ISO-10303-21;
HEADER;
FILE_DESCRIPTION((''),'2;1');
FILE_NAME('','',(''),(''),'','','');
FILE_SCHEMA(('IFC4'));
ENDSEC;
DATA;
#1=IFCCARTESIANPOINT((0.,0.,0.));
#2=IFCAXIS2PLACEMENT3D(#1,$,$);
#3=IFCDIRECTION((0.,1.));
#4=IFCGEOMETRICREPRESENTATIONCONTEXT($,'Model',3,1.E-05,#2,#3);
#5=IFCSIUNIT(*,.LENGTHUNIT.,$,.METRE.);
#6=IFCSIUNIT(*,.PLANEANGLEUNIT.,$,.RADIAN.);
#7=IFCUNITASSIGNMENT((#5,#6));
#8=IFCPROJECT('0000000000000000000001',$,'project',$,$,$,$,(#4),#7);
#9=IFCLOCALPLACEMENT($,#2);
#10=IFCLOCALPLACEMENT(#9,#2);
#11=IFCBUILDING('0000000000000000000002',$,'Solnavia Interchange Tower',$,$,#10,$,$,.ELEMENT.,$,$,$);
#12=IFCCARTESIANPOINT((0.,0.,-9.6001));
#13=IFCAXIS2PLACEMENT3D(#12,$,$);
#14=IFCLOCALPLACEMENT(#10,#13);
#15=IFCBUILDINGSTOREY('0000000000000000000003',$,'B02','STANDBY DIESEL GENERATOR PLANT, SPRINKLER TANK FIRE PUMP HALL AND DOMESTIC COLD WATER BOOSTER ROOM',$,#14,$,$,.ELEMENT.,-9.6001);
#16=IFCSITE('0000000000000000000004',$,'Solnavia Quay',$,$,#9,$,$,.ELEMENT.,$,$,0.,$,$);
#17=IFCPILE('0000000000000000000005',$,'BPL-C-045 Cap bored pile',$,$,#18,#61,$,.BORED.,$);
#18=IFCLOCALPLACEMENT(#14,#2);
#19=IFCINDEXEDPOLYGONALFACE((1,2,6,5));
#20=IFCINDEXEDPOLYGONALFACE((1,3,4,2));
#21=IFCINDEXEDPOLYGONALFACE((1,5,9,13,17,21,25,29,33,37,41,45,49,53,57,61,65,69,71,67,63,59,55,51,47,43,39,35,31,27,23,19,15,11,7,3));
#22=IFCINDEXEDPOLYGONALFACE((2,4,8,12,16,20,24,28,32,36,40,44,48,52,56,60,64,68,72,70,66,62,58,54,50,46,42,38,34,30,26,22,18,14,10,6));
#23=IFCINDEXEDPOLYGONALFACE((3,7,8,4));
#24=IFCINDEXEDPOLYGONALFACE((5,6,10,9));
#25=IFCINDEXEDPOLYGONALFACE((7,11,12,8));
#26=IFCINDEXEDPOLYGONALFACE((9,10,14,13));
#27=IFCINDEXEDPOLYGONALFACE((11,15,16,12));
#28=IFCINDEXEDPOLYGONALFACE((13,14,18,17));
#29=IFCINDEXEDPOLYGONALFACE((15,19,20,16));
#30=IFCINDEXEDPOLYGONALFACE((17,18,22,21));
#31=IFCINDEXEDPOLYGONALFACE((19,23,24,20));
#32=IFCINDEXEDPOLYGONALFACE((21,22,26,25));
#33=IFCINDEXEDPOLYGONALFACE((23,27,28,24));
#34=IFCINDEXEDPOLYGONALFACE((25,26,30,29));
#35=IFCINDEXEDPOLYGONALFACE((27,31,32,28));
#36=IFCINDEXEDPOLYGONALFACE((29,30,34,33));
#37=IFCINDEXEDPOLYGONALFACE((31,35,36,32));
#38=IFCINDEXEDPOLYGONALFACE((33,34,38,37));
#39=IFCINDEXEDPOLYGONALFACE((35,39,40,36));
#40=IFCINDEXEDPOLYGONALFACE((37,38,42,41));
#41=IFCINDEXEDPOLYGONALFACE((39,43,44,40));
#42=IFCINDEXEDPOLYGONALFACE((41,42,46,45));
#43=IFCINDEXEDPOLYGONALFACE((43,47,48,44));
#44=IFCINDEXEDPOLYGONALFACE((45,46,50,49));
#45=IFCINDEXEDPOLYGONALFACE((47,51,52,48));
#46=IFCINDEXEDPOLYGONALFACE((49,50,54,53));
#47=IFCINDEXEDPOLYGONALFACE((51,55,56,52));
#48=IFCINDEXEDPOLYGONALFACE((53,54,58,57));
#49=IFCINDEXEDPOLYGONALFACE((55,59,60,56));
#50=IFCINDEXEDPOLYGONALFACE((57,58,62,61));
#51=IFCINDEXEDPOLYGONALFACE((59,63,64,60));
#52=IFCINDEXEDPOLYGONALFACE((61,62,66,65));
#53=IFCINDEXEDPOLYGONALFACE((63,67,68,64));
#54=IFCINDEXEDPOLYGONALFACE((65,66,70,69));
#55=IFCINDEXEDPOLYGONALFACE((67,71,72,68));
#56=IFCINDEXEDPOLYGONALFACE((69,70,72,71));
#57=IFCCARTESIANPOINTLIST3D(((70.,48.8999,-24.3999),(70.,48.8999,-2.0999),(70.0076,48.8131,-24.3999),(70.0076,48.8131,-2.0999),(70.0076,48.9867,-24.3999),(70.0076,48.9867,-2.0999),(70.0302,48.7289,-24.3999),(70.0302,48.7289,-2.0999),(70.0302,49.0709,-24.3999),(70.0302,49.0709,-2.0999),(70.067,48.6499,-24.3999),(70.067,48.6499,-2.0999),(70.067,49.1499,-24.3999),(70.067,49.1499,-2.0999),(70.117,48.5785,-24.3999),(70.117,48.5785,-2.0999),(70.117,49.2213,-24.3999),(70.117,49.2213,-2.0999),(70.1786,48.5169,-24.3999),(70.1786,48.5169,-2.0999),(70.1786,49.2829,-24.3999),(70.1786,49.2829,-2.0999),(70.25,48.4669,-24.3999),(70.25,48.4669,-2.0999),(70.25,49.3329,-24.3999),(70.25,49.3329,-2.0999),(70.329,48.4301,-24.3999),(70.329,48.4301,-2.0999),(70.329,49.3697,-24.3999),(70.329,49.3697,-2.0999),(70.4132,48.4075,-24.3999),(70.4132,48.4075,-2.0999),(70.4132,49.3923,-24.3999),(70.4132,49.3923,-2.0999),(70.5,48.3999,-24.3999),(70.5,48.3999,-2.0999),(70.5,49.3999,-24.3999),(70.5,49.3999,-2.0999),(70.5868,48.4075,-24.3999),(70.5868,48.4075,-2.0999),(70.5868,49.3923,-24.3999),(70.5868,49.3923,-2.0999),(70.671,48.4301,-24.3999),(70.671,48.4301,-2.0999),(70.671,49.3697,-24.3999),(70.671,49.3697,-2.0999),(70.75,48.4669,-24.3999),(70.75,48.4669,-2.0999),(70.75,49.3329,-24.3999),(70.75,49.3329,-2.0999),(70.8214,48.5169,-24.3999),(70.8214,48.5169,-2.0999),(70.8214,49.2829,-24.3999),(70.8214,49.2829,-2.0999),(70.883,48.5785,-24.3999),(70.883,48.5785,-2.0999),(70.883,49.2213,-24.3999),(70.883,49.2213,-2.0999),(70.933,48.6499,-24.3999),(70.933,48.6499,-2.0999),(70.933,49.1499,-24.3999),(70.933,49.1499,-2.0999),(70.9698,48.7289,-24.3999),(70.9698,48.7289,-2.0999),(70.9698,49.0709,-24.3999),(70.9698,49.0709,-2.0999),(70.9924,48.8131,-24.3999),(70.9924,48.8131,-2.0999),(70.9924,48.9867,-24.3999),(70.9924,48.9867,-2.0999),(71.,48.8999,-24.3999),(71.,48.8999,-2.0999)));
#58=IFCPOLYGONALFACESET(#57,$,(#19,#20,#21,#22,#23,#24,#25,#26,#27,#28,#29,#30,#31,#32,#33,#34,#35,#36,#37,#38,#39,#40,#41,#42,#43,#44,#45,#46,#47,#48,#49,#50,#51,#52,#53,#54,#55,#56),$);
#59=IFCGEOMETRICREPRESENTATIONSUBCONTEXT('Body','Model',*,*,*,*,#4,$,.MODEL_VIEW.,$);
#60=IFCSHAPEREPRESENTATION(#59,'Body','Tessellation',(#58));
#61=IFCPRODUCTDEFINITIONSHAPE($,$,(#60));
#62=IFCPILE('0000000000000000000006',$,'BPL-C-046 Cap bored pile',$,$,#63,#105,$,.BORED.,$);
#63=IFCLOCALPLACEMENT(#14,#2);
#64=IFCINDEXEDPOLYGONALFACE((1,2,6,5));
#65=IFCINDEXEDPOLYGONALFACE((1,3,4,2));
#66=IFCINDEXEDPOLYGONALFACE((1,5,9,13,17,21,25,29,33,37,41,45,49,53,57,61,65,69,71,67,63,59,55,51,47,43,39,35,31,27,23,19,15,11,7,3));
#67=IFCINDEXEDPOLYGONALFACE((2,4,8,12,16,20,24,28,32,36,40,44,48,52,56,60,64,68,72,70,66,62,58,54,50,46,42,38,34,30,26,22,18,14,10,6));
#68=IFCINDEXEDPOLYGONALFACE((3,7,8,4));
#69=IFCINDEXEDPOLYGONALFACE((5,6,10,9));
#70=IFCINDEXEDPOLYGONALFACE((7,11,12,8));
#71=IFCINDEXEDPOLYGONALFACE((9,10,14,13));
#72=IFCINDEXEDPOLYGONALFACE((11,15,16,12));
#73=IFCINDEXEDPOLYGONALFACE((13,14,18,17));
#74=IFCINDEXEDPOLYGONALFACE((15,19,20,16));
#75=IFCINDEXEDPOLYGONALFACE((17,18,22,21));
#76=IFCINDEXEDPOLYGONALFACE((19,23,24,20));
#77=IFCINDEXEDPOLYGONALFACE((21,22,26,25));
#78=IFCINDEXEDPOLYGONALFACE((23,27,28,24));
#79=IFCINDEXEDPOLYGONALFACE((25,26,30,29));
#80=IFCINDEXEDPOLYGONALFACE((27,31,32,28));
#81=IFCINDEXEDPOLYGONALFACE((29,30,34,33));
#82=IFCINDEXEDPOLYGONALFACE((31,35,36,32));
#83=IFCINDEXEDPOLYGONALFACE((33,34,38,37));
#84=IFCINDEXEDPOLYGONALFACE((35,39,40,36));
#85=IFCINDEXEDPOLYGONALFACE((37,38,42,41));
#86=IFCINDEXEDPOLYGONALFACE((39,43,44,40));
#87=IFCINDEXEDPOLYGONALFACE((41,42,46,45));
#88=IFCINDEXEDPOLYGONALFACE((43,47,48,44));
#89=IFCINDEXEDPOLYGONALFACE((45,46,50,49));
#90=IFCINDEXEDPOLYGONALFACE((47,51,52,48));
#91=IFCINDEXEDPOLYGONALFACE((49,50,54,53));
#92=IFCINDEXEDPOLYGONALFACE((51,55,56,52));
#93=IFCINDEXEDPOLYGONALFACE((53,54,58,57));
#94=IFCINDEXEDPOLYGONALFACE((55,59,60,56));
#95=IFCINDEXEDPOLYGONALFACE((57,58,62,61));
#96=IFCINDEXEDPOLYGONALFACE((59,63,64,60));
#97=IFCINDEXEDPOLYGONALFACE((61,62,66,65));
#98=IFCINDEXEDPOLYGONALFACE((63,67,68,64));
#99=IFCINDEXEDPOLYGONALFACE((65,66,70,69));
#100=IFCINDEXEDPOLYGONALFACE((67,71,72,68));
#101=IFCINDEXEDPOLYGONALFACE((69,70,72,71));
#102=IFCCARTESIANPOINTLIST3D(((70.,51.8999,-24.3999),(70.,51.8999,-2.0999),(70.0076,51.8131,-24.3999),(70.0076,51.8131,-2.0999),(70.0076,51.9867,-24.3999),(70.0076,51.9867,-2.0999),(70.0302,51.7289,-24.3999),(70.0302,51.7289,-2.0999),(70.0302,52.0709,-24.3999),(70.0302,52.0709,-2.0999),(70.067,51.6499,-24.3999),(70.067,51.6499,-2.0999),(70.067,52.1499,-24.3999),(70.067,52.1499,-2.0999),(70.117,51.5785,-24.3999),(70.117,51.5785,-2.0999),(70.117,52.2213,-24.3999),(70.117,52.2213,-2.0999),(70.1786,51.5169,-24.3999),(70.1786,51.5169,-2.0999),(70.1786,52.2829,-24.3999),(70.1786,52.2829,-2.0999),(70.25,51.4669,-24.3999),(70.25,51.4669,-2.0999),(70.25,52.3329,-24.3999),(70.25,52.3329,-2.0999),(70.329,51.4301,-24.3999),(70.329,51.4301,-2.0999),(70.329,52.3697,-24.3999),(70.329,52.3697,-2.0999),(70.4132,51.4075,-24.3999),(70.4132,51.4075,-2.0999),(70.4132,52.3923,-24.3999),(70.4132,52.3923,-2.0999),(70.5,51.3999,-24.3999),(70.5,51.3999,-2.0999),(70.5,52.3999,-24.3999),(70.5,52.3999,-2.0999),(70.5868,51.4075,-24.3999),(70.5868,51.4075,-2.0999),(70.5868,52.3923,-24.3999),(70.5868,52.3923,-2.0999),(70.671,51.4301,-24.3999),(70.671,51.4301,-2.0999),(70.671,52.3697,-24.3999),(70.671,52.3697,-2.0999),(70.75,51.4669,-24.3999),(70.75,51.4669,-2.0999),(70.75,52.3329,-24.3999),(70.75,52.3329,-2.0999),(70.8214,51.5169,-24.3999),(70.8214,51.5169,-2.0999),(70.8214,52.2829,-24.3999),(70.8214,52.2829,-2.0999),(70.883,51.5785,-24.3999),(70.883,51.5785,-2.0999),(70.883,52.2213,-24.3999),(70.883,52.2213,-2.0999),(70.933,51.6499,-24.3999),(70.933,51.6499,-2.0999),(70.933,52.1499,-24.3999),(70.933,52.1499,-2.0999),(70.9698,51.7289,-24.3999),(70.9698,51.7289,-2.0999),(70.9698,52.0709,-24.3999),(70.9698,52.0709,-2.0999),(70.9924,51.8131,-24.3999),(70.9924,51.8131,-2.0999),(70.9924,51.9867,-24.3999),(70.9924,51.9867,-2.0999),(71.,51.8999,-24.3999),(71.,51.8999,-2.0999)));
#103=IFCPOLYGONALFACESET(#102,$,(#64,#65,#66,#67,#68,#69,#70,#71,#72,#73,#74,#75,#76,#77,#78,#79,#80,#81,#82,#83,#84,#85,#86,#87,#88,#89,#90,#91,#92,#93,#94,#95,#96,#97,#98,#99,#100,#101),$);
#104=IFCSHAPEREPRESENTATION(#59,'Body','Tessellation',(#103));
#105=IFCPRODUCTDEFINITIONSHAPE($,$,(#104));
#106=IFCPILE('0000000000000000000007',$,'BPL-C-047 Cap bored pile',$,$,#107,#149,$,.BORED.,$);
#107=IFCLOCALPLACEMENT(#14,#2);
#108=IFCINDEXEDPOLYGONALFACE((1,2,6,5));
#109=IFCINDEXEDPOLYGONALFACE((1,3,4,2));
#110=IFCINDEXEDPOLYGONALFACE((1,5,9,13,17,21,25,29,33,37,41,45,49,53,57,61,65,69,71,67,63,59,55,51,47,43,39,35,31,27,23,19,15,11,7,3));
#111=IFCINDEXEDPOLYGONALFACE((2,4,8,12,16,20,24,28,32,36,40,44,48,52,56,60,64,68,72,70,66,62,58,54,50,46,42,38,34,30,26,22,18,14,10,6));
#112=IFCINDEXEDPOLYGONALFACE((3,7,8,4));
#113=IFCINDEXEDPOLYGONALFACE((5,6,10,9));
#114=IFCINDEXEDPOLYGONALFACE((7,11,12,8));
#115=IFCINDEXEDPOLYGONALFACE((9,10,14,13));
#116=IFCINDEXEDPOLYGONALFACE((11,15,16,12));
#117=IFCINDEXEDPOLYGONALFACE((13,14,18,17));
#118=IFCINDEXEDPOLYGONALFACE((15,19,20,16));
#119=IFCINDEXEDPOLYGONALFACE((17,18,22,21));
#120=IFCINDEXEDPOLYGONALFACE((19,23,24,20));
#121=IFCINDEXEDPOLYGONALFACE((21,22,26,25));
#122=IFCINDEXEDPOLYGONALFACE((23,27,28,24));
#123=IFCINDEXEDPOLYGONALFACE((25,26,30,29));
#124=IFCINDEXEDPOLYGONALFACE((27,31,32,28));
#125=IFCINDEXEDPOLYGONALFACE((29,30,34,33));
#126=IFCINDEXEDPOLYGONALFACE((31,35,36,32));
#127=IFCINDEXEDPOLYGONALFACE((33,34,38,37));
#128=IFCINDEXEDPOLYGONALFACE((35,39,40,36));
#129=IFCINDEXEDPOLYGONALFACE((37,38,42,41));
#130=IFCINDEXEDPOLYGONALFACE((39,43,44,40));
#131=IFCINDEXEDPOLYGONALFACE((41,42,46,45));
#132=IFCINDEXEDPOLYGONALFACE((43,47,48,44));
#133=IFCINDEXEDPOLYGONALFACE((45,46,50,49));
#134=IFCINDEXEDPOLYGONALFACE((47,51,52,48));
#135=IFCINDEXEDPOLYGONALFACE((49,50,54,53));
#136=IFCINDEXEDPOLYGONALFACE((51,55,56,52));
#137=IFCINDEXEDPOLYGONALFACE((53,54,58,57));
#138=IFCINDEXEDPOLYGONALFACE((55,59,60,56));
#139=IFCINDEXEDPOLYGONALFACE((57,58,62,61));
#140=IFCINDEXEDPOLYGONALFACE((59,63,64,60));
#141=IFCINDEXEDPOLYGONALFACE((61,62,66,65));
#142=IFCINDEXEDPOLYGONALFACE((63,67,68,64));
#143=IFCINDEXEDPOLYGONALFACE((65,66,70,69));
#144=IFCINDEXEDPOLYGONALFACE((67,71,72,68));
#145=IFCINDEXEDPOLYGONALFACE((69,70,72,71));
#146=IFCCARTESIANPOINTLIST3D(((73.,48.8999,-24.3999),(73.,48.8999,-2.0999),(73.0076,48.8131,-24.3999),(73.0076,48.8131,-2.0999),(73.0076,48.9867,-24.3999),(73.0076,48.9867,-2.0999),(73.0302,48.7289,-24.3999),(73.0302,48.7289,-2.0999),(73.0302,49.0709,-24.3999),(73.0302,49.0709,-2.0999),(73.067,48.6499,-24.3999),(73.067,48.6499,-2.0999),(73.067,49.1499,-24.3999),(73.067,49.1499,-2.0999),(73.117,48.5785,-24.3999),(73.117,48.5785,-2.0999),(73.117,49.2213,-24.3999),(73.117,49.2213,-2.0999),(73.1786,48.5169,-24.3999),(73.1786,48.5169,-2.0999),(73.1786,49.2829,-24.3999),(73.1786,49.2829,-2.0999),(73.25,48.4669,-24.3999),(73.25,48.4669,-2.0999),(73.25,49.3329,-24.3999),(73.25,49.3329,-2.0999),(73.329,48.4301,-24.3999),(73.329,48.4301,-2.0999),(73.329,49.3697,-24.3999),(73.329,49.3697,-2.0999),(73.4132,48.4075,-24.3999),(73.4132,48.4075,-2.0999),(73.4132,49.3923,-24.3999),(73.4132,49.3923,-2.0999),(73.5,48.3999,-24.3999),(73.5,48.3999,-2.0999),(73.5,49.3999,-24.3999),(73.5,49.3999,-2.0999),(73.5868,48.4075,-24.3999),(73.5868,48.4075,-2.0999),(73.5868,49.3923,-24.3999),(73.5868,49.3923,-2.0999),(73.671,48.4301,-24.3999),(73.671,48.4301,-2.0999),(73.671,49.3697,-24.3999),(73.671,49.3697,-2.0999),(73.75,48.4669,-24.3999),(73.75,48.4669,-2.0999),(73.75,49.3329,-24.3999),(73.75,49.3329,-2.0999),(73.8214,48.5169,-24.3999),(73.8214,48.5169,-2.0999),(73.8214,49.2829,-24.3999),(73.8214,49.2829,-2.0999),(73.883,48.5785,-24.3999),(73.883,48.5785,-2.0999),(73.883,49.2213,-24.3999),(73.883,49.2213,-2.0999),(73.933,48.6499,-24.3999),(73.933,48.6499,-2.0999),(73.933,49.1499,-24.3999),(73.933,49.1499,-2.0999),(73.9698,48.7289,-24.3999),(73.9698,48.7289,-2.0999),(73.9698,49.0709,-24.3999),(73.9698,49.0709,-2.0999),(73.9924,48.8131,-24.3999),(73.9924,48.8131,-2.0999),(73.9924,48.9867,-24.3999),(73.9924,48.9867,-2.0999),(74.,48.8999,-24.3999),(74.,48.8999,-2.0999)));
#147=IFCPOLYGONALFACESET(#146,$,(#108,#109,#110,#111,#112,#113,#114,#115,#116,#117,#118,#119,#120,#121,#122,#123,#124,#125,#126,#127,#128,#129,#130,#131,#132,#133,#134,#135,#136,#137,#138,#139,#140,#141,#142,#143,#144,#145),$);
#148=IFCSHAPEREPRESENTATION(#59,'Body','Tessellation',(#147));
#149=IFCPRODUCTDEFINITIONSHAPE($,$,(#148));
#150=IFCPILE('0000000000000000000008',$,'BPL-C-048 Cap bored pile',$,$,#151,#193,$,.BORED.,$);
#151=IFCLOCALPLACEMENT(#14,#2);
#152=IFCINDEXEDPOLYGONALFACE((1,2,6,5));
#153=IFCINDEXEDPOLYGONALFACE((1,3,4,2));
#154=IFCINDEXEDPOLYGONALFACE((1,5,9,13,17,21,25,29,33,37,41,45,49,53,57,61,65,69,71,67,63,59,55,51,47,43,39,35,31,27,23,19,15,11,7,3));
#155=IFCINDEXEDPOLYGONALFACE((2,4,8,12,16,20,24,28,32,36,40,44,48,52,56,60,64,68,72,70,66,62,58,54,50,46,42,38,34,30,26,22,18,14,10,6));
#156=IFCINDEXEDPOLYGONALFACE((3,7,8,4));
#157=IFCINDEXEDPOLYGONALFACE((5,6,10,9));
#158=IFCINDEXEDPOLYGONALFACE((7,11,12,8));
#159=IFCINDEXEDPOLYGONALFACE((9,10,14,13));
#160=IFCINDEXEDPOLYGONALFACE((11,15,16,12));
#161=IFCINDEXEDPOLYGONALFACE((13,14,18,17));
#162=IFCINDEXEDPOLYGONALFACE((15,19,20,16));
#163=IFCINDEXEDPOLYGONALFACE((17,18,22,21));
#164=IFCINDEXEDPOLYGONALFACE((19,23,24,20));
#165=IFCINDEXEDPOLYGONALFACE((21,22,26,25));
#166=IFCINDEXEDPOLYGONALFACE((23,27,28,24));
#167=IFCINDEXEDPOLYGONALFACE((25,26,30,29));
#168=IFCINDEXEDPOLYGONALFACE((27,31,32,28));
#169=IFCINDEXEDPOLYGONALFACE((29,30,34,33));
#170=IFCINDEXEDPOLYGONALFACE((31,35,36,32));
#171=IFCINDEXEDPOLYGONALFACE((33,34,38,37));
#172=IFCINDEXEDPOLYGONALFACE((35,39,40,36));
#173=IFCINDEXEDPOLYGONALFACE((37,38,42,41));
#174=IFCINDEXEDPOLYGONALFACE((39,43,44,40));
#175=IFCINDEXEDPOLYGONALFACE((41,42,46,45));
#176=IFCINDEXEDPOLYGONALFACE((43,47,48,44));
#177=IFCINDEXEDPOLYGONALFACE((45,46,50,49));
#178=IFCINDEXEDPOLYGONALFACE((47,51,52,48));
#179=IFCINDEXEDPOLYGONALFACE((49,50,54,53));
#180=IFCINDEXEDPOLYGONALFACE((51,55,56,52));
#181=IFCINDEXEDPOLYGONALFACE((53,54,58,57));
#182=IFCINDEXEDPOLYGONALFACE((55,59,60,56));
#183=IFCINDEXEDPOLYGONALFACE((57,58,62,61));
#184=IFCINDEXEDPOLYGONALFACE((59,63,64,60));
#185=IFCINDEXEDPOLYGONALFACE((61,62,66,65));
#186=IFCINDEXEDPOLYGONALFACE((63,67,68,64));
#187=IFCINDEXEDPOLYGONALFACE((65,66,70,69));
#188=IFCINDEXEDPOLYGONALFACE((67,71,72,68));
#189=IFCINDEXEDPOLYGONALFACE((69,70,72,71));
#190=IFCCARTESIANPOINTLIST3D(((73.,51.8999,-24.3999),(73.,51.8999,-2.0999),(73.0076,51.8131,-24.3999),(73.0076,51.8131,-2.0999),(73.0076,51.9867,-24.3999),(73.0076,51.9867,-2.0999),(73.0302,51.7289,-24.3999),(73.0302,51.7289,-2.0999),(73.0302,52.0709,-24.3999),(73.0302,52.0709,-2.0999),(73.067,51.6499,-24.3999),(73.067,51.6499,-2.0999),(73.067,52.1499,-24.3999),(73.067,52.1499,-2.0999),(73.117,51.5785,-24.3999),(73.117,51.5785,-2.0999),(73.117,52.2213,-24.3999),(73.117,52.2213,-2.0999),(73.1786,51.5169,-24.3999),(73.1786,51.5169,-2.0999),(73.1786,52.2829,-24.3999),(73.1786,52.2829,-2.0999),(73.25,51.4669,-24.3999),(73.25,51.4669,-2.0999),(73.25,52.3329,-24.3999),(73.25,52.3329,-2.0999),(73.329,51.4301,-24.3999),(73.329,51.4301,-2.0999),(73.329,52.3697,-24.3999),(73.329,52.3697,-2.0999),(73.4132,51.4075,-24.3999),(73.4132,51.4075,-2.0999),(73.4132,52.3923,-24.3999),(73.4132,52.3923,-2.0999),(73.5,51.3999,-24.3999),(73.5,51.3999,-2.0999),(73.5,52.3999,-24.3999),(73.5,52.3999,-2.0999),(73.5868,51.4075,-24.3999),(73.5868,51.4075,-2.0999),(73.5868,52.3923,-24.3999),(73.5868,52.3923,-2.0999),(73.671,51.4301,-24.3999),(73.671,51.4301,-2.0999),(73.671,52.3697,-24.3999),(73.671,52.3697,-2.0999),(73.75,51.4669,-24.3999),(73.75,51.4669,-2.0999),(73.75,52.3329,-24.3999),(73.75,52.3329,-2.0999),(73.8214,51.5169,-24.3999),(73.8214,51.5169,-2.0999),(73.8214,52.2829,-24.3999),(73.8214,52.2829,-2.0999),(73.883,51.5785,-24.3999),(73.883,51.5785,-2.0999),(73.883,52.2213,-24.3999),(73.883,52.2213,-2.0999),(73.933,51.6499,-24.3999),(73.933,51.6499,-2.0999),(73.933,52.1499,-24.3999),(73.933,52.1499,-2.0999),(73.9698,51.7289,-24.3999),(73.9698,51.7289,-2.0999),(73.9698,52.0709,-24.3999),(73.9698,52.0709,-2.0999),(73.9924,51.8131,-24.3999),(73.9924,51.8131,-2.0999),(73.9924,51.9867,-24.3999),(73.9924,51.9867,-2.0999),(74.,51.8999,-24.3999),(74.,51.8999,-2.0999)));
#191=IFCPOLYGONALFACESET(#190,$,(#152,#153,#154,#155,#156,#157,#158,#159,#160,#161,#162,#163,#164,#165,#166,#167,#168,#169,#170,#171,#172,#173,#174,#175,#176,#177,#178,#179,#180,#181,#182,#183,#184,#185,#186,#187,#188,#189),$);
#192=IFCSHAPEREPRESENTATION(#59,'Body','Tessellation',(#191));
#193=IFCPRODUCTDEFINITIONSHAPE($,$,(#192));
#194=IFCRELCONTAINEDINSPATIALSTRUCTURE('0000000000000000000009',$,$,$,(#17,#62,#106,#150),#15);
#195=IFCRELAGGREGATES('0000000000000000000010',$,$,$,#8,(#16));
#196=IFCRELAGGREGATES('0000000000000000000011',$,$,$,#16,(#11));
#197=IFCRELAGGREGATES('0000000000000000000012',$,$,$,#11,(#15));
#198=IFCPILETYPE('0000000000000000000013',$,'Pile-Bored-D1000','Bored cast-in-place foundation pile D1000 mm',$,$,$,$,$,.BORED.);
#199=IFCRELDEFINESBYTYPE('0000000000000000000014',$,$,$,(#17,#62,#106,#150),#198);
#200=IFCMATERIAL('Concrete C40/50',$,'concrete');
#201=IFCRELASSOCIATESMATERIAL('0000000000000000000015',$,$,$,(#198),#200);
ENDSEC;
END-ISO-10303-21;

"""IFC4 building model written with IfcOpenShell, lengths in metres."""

from ifc_helpers import new_model, si_unit, direction, frame, origin, origin_2d, place, context, subcontext, project, spatial, circle, extrude, material, material_profile, profile_set, type_object, element, save


model = new_model("IFC4")

# Units and contexts
model_context = context("Model", 3, precision=1e-05, world=origin(), true_north=direction((0.0, 1.0)))
body_context = subcontext(model_context, "Body", "Model", "MODEL_VIEW")
ifc_project = project(units=[si_unit("LENGTHUNIT", "METRE"), si_unit("PLANEANGLEUNIT", "RADIAN")], contexts=[model_context])

# Site, building, storey
site_placement = place(None, origin())
site = spatial("IfcSite", under=ifc_project, at=site_placement, Name="Solnavia Quay", CompositionType="ELEMENT", RefElevation=0.0)
building_placement = place(site_placement, origin())
building = spatial("IfcBuilding", under=site, at=building_placement, Name="Solnavia Interchange Tower", CompositionType="ELEMENT")
storey_placement = place(building_placement, frame((0.0, 0.0, -9.6001)))
storey = spatial("IfcBuildingStorey", under=building, at=storey_placement, Name="B02", Description="STANDBY DIESEL GENERATOR PLANT, SPRINKLER TANK FIRE PUMP HALL AND DOMESTIC COLD WATER BOOSTER ROOM", CompositionType="ELEMENT", Elevation=-9.6001)

# Shared definitions
ifc_material_1 = material(Name="Concrete C40/50", Category="concrete")

# Piles
ifc_material_profile_1 = material_profile(ifc_material_1, circle(Radius=0.5, at=origin_2d()), Name="PILE D1000")
ifc_profile_set_1 = profile_set([ifc_material_profile_1], Name="Concrete C40/50")
pile_type = type_object("IfcPileType", Name="Pile-Bored-D1000", Description="Bored cast-in-place foundation pile D1000 mm", PredefinedType="BORED", material=ifc_profile_set_1)
for number, where, z_axis, x_axis, name in (
    (1, (70.5, 48.8999, -2.0999), (0.0, 0.0, -1.0), (1.0, 0.0, 0.0), "BPL-C-045 Cap bored pile"),
    (2, (70.5, 51.8999, -2.0999), (0.0, 0.0, -1.0), (1.0, 0.0, 0.0), "BPL-C-046 Cap bored pile"),
    (3, (73.5, 48.8999, -2.0999), (0.0, 0.0, -1.0), (1.0, 0.0, 0.0), "BPL-C-047 Cap bored pile"),
    (4, (73.5, 51.8999, -2.0999), (0.0, 0.0, -1.0), (1.0, 0.0, 0.0), "BPL-C-048 Cap bored pile"),
):
    element("IfcPile", number, at=place(storey_placement, frame(where, z_axis=z_axis, x_axis=x_axis)), inside=storey, type_object=pile_type, Name=name, PredefinedType="BORED", context=body_context, shape_type="SweptSolid", body=[
        extrude(circle(Radius=0.5, at=origin_2d()), origin(), (0.0, 0.0, 1.0), 22.3),
    ])

save(model, "model.ifc")
